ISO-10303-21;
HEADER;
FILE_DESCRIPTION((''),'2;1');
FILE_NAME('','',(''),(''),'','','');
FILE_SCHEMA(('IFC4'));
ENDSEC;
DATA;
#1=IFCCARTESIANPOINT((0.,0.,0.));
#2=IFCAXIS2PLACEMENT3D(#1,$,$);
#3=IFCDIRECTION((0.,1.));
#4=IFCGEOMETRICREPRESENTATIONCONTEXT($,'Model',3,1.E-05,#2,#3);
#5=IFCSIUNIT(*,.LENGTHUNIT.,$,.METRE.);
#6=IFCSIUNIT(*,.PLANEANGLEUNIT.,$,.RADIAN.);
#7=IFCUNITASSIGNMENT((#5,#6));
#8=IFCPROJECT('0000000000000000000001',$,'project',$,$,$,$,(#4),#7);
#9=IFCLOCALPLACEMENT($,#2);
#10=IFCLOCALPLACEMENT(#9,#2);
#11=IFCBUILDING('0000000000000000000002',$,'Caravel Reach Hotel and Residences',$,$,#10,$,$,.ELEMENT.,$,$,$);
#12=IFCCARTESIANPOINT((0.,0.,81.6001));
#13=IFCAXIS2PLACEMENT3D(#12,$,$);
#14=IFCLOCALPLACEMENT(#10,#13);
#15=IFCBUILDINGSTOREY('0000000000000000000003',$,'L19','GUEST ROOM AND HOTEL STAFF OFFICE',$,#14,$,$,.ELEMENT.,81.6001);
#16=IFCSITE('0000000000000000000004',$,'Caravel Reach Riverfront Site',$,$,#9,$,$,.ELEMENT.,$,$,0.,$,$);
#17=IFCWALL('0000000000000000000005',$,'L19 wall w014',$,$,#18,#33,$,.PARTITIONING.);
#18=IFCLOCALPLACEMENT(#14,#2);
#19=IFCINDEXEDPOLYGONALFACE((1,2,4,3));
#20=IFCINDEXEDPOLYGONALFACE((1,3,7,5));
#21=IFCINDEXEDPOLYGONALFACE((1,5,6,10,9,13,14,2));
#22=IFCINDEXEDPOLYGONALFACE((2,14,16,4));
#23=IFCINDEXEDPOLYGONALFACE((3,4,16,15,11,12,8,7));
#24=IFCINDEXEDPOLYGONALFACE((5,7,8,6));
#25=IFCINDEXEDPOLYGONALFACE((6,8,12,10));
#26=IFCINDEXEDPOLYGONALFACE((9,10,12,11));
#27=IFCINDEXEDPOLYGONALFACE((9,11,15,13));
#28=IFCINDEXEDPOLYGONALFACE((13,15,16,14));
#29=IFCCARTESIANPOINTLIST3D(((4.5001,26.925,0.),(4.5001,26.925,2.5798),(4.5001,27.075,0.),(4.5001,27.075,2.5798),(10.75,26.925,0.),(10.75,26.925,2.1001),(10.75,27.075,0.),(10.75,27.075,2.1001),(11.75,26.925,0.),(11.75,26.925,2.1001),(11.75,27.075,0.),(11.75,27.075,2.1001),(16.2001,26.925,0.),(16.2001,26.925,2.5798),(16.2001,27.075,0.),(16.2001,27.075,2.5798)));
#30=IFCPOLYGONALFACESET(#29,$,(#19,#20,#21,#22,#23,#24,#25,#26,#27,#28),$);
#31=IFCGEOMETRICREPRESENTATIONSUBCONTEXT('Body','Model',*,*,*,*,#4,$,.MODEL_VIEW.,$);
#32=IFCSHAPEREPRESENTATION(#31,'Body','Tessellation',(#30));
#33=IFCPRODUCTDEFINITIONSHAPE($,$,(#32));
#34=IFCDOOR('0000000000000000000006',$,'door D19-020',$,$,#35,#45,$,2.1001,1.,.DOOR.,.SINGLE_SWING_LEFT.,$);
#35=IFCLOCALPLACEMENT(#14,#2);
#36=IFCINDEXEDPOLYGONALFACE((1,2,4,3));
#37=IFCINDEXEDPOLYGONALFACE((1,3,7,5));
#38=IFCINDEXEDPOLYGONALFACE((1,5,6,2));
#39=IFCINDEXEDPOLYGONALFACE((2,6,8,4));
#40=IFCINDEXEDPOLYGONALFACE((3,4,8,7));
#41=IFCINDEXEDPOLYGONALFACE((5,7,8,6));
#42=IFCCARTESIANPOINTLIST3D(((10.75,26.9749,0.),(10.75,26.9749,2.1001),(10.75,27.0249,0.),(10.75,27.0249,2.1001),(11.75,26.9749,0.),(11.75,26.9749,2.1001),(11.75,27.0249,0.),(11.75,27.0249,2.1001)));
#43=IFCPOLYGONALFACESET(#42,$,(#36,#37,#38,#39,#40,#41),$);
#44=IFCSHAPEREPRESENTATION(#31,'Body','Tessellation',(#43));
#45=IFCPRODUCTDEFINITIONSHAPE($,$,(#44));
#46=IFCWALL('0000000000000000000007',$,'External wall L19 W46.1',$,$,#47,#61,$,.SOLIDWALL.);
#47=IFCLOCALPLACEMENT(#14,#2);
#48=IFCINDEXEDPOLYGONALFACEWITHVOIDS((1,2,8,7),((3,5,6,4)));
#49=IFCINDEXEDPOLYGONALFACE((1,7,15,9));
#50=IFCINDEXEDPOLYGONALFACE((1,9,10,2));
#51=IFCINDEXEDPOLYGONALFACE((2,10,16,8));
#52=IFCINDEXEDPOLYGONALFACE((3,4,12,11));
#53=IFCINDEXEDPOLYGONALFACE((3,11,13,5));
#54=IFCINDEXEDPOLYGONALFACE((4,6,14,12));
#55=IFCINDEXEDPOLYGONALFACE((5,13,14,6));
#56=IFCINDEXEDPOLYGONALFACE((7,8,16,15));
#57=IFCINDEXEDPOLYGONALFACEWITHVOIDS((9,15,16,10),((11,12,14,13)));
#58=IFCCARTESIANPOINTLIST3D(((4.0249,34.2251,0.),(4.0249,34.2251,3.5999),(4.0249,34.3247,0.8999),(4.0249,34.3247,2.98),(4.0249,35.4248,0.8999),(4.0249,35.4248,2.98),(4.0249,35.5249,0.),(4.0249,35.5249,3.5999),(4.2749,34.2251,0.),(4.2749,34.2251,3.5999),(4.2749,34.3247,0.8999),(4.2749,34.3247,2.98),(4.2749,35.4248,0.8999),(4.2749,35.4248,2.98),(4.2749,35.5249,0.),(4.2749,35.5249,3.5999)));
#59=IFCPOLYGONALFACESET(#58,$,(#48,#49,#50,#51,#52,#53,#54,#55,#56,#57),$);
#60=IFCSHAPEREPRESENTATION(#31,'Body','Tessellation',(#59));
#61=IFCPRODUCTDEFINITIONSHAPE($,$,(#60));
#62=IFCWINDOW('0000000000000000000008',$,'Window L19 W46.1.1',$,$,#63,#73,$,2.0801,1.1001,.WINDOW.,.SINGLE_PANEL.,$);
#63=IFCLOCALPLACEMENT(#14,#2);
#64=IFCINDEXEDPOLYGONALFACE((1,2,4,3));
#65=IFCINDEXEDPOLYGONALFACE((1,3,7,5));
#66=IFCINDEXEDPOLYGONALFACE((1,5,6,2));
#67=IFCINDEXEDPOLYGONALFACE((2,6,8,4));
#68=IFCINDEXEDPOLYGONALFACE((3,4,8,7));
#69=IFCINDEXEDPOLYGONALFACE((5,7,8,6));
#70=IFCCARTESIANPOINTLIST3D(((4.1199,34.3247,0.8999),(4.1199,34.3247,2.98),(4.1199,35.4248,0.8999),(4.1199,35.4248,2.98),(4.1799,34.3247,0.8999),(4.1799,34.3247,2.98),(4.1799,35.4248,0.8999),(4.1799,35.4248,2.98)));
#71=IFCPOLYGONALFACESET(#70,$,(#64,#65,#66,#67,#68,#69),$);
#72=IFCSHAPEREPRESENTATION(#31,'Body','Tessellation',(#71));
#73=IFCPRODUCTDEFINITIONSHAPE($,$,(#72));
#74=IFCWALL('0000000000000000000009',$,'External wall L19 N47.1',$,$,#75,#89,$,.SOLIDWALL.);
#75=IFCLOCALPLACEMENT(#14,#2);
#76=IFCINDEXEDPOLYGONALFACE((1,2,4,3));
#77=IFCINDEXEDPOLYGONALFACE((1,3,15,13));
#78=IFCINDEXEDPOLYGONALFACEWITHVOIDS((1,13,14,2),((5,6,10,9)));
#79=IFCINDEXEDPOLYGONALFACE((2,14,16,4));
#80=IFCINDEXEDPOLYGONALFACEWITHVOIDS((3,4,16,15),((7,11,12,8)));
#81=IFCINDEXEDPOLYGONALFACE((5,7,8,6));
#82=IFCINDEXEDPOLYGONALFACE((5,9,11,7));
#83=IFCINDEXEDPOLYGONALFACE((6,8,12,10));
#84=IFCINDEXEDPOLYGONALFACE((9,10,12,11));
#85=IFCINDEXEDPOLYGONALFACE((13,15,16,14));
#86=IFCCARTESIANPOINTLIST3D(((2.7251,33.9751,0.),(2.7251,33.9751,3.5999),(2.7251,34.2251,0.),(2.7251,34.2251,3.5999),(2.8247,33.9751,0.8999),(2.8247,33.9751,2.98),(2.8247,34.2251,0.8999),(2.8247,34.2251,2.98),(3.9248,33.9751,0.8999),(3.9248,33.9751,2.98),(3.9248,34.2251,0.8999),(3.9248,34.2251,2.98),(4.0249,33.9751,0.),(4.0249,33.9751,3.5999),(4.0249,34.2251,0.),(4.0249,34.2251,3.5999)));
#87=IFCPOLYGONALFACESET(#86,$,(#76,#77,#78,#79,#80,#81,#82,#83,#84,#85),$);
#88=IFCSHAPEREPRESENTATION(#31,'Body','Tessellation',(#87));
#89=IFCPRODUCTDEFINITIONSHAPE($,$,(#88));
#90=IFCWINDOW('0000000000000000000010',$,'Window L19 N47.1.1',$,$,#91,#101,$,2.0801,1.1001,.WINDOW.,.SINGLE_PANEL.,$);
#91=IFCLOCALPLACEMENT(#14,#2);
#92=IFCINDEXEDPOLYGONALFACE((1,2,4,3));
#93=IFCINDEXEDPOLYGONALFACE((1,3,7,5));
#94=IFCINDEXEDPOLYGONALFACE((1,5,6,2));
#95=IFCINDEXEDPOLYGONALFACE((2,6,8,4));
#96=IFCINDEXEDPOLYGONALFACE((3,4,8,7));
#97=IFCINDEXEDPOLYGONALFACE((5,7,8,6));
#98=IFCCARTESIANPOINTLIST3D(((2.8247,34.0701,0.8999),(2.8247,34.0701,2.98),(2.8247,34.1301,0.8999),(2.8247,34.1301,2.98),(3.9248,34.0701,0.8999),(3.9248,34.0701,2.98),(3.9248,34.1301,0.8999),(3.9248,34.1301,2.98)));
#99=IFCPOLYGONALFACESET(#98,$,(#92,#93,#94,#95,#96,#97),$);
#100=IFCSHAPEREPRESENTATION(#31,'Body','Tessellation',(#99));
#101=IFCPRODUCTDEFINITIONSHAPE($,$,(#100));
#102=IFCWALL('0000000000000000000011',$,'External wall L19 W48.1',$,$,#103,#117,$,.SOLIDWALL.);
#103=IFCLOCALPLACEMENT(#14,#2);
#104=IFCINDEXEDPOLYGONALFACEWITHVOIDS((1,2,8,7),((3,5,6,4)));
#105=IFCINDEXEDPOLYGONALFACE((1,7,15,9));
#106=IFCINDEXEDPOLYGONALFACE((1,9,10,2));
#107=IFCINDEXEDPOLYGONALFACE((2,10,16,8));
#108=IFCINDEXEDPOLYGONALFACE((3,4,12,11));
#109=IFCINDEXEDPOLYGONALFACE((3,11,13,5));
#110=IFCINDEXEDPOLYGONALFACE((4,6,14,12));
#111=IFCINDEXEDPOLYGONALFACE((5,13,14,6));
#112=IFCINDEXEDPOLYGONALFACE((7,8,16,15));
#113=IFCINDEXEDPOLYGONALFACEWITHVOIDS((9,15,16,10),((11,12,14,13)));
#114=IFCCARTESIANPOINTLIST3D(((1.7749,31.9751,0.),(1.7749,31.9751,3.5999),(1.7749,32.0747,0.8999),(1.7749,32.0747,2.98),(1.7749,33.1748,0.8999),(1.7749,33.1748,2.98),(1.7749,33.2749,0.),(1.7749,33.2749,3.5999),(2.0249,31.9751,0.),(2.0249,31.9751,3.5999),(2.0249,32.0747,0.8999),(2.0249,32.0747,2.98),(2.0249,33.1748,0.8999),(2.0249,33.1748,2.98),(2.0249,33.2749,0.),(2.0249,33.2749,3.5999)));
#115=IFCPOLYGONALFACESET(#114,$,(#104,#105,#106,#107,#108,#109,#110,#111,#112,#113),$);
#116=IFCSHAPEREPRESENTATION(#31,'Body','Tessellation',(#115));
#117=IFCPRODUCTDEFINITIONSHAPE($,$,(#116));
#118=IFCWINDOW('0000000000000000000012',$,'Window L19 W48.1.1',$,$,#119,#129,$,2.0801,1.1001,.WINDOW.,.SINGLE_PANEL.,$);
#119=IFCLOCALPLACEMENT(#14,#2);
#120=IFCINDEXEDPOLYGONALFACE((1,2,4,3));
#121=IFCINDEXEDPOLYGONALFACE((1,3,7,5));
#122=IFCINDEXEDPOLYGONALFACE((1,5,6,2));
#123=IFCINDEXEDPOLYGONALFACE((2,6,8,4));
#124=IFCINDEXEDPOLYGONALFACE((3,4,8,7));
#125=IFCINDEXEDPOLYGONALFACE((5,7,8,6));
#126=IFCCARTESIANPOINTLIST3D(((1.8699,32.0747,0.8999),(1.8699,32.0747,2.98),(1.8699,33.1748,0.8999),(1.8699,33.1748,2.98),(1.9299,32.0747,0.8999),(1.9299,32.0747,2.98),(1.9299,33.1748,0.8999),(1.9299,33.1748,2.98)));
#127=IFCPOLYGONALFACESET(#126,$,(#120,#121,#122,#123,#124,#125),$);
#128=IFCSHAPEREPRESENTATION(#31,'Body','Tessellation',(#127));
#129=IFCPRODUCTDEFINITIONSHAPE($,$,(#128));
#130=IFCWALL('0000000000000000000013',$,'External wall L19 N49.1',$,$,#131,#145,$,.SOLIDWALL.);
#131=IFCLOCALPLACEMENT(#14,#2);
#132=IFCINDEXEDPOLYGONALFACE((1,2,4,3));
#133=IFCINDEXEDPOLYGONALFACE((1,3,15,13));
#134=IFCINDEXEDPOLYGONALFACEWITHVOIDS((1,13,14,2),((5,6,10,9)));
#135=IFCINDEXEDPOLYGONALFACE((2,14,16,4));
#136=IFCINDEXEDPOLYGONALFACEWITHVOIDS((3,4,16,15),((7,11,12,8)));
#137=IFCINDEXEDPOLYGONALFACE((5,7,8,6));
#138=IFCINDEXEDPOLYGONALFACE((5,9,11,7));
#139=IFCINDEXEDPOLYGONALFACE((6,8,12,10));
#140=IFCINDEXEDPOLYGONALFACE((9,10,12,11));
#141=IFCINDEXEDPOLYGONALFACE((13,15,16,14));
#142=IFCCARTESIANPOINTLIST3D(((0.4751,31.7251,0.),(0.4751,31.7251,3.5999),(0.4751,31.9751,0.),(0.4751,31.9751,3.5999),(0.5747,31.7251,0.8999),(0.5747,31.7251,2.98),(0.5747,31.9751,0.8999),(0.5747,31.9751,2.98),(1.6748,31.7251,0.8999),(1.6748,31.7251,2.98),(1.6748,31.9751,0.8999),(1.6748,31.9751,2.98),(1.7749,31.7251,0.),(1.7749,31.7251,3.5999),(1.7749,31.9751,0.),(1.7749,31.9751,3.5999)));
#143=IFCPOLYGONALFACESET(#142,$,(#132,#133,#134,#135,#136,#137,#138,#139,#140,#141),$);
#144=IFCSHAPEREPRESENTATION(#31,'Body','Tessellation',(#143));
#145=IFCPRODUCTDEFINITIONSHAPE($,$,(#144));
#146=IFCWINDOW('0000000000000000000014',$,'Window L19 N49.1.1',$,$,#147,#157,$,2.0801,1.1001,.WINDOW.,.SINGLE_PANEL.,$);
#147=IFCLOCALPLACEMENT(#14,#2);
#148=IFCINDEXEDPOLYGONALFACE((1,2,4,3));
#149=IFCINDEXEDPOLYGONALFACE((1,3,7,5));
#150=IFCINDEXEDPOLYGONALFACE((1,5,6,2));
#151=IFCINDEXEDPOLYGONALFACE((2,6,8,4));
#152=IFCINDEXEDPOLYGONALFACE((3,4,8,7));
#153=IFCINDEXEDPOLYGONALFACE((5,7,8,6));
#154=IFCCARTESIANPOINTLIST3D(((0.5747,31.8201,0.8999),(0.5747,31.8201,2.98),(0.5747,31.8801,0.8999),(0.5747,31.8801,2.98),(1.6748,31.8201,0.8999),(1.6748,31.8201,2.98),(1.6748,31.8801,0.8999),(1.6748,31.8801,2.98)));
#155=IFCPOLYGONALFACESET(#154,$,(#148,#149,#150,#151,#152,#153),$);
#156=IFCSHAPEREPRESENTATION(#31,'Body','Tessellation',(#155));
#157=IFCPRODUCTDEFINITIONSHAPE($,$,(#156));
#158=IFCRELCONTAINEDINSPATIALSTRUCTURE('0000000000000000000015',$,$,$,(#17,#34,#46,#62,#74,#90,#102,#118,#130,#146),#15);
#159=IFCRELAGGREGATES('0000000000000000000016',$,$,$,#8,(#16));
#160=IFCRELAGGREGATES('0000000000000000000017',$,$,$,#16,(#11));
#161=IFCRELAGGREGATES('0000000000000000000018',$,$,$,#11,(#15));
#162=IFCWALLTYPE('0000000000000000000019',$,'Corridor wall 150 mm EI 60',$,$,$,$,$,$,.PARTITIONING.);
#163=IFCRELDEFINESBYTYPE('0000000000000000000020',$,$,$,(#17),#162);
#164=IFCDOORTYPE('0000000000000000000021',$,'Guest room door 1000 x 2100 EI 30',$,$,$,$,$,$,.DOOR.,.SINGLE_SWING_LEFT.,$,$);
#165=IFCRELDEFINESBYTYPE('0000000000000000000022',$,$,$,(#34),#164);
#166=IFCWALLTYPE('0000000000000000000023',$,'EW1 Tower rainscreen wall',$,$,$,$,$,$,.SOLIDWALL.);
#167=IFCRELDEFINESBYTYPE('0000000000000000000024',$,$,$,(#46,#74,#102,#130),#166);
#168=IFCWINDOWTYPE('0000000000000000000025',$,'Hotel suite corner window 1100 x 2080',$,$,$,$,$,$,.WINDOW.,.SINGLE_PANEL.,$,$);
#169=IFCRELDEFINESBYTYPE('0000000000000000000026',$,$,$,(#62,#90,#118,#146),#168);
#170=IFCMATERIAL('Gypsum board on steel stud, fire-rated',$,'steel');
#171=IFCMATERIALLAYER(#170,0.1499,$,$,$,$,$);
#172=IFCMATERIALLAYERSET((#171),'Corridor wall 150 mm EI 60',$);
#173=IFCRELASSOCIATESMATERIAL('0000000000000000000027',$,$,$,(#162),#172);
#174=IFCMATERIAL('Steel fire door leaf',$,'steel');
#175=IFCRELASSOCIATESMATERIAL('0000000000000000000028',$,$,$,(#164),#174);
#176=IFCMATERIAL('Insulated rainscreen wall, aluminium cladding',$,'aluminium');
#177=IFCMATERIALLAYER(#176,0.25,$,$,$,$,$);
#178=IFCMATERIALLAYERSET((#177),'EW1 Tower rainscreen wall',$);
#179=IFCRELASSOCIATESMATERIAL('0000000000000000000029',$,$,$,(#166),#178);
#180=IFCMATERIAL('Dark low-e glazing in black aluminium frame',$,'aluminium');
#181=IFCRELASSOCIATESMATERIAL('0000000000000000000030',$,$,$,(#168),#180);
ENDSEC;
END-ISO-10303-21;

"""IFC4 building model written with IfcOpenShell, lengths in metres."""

from ifc_helpers import new_model, si_unit, direction, frame, frame_2d, origin, place, context, subcontext, project, spatial, rectangle, extrude, material, layer, layer_set, type_object, element, fill, save


model = new_model("IFC4")

# Units and contexts
model_context = context("Model", 3, precision=1e-05, world=origin(), true_north=direction((0.0, 1.0)))
body_context = subcontext(model_context, "Body", "Model", "MODEL_VIEW")
ifc_project = project(units=[si_unit("LENGTHUNIT", "METRE"), si_unit("PLANEANGLEUNIT", "RADIAN")], contexts=[model_context])

# Site, building, storey
site_placement = place(None, origin())
site = spatial("IfcSite", under=ifc_project, at=site_placement, Name="Caravel Reach Riverfront Site", CompositionType="ELEMENT", RefElevation=0.0)
building_placement = place(site_placement, origin())
building = spatial("IfcBuilding", under=site, at=building_placement, Name="Caravel Reach Hotel and Residences", CompositionType="ELEMENT")
storey_placement = place(building_placement, frame((0.0, 0.0, 81.6001)))
storey = spatial("IfcBuildingStorey", under=building, at=storey_placement, Name="L19", Description="GUEST ROOM AND HOTEL STAFF OFFICE", CompositionType="ELEMENT", Elevation=81.6001)

# Wall, opening, door
ifc_material_1 = material(Name="Gypsum board on steel stud, fire-rated", Category="steel")
ifc_layer_1 = layer(ifc_material_1, 0.1499)
ifc_layer_set_1 = layer_set([ifc_layer_1], Name="Corridor wall 150 mm EI 60")
wall_type_1 = type_object("IfcWallType", Name="Corridor wall 150 mm EI 60", PredefinedType="PARTITIONING", material=ifc_layer_set_1)
wall_1_placement = place(storey_placement, frame((4.5, 27.0, 0.0), z_axis=(0.0, 0.0, 1.0), x_axis=(1.0, 0.0, 0.0)))
wall_1 = element("IfcWall", 1, at=wall_1_placement, inside=storey, type_object=wall_type_1, Name="L19 wall w014", PredefinedType="PARTITIONING", context=body_context, shape_type="SweptSolid", body=[
    extrude(rectangle(XDim=11.7, YDim=0.1499, at=frame_2d((5.8501, 0.0))), origin(), (0.0, 0.0, 1.0), 2.5798),
])
opening_1_placement = place(wall_1_placement, frame((6.25, 0.0, 0.0)))
opening_1 = element("IfcOpeningElement", 2, at=opening_1_placement, cuts=wall_1, PredefinedType="OPENING", context=body_context, shape_type="SweptSolid", body=[
    extrude(rectangle(XDim=1.0, YDim=2.1001, at=frame_2d((0.5, 1.05))), frame((0.0, 0.085, 0.0), z_axis=(0.0, -1.0, 0.0), x_axis=(1.0, 0.0, 0.0)), (0.0, 0.0, 1.0), 0.1699),
])
ifc_material_2 = material(Name="Steel fire door leaf", Category="steel")
door_type_1 = type_object("IfcDoorType", Name="Guest room door 1000 x 2100 EI 30", OperationType="SINGLE_SWING_LEFT", PredefinedType="DOOR", material=ifc_material_2)
door_1_placement = place(opening_1_placement, origin())
door_1 = element("IfcDoor", 3, at=door_1_placement, inside=storey, type_object=door_type_1, Name="door D19-020", OperationType="SINGLE_SWING_LEFT", OverallHeight=2.1001, OverallWidth=1.0, PredefinedType="DOOR", context=body_context, shape_type="SweptSolid", body=[
    extrude(rectangle(XDim=1.0, YDim=2.1001, at=frame_2d((0.5, 1.05))), frame((0.0, 0.0249, 0.0), z_axis=(0.0, -1.0, 0.0), x_axis=(1.0, 0.0, 0.0)), (0.0, 0.0, 1.0), 0.05),
])
fill(opening_1, door_1)

# Walls, openings, windows
ifc_material_3 = material(Name="Insulated rainscreen wall, aluminium cladding", Category="aluminium")
ifc_layer_2 = layer(ifc_material_3, 0.25)
ifc_layer_set_2 = layer_set([ifc_layer_2], Name="EW1 Tower rainscreen wall")
wall_type_2 = type_object("IfcWallType", Name="EW1 Tower rainscreen wall", PredefinedType="SOLIDWALL", material=ifc_layer_set_2)
wall_2_placement = place(storey_placement, frame((4.1499, 35.5249, 0.0), z_axis=(0.0, 0.0, 1.0), x_axis=(0.0, -1.0, 0.0)))
wall_2 = element("IfcWall", 4, at=wall_2_placement, inside=storey, type_object=wall_type_2, Name="External wall L19 W46.1", PredefinedType="SOLIDWALL", context=body_context, shape_type="SweptSolid", body=[
    extrude(rectangle(XDim=1.2998, YDim=0.25, at=frame_2d((0.6499, 0.0))), origin(), (0.0, 0.0, 1.0), 3.5999),
])
opening_2_placement = place(wall_2_placement, frame((0.1001, 0.0, 0.8999)))
opening_2 = element("IfcOpeningElement", 5, at=opening_2_placement, cuts=wall_2, PredefinedType="OPENING", context=body_context, shape_type="SweptSolid", body=[
    extrude(rectangle(XDim=1.1001, YDim=2.0801, at=frame_2d((0.55, 1.04))), frame((0.0, 0.135, 0.0), z_axis=(0.0, -1.0, 0.0), x_axis=(1.0, 0.0, 0.0)), (0.0, 0.0, 1.0), 0.27),
])
ifc_material_4 = material(Name="Dark low-e glazing in black aluminium frame", Category="aluminium")
window_type_1 = type_object("IfcWindowType", Name="Hotel suite corner window 1100 x 2080", PartitioningType="SINGLE_PANEL", PredefinedType="WINDOW", material=ifc_material_4)
window_1_placement = place(opening_2_placement, origin())
window_1 = element("IfcWindow", 6, at=window_1_placement, inside=storey, type_object=window_type_1, Name="Window L19 W46.1.1", OverallHeight=2.0801, OverallWidth=1.1001, PartitioningType="SINGLE_PANEL", PredefinedType="WINDOW", context=body_context, shape_type="SweptSolid", body=[
    extrude(rectangle(XDim=1.1001, YDim=2.0801, at=frame_2d((0.55, 1.04))), frame((0.0, 0.03, 0.0), z_axis=(0.0, -1.0, 0.0), x_axis=(1.0, 0.0, 0.0)), (0.0, 0.0, 1.0), 0.0601),
])
fill(opening_2, window_1)
wall_3_placement = place(storey_placement, frame((4.0249, 34.1001, 0.0), z_axis=(0.0, 0.0, 1.0), x_axis=(-1.0, 0.0, 0.0)))
wall_3 = element("IfcWall", 7, at=wall_3_placement, inside=storey, type_object=wall_type_2, Name="External wall L19 N47.1", PredefinedType="SOLIDWALL", context=body_context, shape_type="SweptSolid", body=[
    extrude(rectangle(XDim=1.2998, YDim=0.25, at=frame_2d((0.6499, 0.0))), origin(), (0.0, 0.0, 1.0), 3.5999),
])
opening_3_placement = place(wall_3_placement, frame((0.1001, 0.0, 0.8999)))
opening_3 = element("IfcOpeningElement", 8, at=opening_3_placement, cuts=wall_3, PredefinedType="OPENING", context=body_context, shape_type="SweptSolid", body=[
    extrude(rectangle(XDim=1.1001, YDim=2.0801, at=frame_2d((0.55, 1.04))), frame((0.0, 0.135, 0.0), z_axis=(0.0, -1.0, 0.0), x_axis=(1.0, 0.0, 0.0)), (0.0, 0.0, 1.0), 0.27),
])
window_2_placement = place(opening_3_placement, origin())
window_2 = element("IfcWindow", 9, at=window_2_placement, inside=storey, type_object=window_type_1, Name="Window L19 N47.1.1", OverallHeight=2.0801, OverallWidth=1.1001, PartitioningType="SINGLE_PANEL", PredefinedType="WINDOW", context=body_context, shape_type="SweptSolid", body=[
    extrude(rectangle(XDim=1.1001, YDim=2.0801, at=frame_2d((0.55, 1.04))), frame((0.0, 0.03, 0.0), z_axis=(0.0, -1.0, 0.0), x_axis=(1.0, 0.0, 0.0)), (0.0, 0.0, 1.0), 0.0601),
])
fill(opening_3, window_2)
wall_4_placement = place(storey_placement, frame((1.8999, 33.2749, 0.0), z_axis=(0.0, 0.0, 1.0), x_axis=(0.0, -1.0, 0.0)))
wall_4 = element("IfcWall", 10, at=wall_4_placement, inside=storey, type_object=wall_type_2, Name="External wall L19 W48.1", PredefinedType="SOLIDWALL", context=body_context, shape_type="SweptSolid", body=[
    extrude(rectangle(XDim=1.2998, YDim=0.25, at=frame_2d((0.6499, 0.0))), origin(), (0.0, 0.0, 1.0), 3.5999),
])
opening_4_placement = place(wall_4_placement, frame((0.1001, 0.0, 0.8999)))
opening_4 = element("IfcOpeningElement", 11, at=opening_4_placement, cuts=wall_4, PredefinedType="OPENING", context=body_context, shape_type="SweptSolid", body=[
    extrude(rectangle(XDim=1.1001, YDim=2.0801, at=frame_2d((0.55, 1.04))), frame((0.0, 0.135, 0.0), z_axis=(0.0, -1.0, 0.0), x_axis=(1.0, 0.0, 0.0)), (0.0, 0.0, 1.0), 0.27),
])
window_3_placement = place(opening_4_placement, origin())
window_3 = element("IfcWindow", 12, at=window_3_placement, inside=storey, type_object=window_type_1, Name="Window L19 W48.1.1", OverallHeight=2.0801, OverallWidth=1.1001, PartitioningType="SINGLE_PANEL", PredefinedType="WINDOW", context=body_context, shape_type="SweptSolid", body=[
    extrude(rectangle(XDim=1.1001, YDim=2.0801, at=frame_2d((0.55, 1.04))), frame((0.0, 0.03, 0.0), z_axis=(0.0, -1.0, 0.0), x_axis=(1.0, 0.0, 0.0)), (0.0, 0.0, 1.0), 0.0601),
])
fill(opening_4, window_3)
wall_5_placement = place(storey_placement, frame((1.7749, 31.8501, 0.0), z_axis=(0.0, 0.0, 1.0), x_axis=(-1.0, 0.0, 0.0)))
wall_5 = element("IfcWall", 13, at=wall_5_placement, inside=storey, type_object=wall_type_2, Name="External wall L19 N49.1", PredefinedType="SOLIDWALL", context=body_context, shape_type="SweptSolid", body=[
    extrude(rectangle(XDim=1.2998, YDim=0.25, at=frame_2d((0.6499, 0.0))), origin(), (0.0, 0.0, 1.0), 3.5999),
])
opening_5_placement = place(wall_5_placement, frame((0.1001, 0.0, 0.8999)))
opening_5 = element("IfcOpeningElement", 14, at=opening_5_placement, cuts=wall_5, PredefinedType="OPENING", context=body_context, shape_type="SweptSolid", body=[
    extrude(rectangle(XDim=1.1001, YDim=2.0801, at=frame_2d((0.55, 1.04))), frame((0.0, 0.135, 0.0), z_axis=(0.0, -1.0, 0.0), x_axis=(1.0, 0.0, 0.0)), (0.0, 0.0, 1.0), 0.27),
])
window_4_placement = place(opening_5_placement, origin())
window_4 = element("IfcWindow", 15, at=window_4_placement, inside=storey, type_object=window_type_1, Name="Window L19 N49.1.1", OverallHeight=2.0801, OverallWidth=1.1001, PartitioningType="SINGLE_PANEL", PredefinedType="WINDOW", context=body_context, shape_type="SweptSolid", body=[
    extrude(rectangle(XDim=1.1001, YDim=2.0801, at=frame_2d((0.55, 1.04))), frame((0.0, 0.03, 0.0), z_axis=(0.0, -1.0, 0.0), x_axis=(1.0, 0.0, 0.0)), (0.0, 0.0, 1.0), 0.0601),
])
fill(opening_5, window_4)

save(model, "model.ifc")
